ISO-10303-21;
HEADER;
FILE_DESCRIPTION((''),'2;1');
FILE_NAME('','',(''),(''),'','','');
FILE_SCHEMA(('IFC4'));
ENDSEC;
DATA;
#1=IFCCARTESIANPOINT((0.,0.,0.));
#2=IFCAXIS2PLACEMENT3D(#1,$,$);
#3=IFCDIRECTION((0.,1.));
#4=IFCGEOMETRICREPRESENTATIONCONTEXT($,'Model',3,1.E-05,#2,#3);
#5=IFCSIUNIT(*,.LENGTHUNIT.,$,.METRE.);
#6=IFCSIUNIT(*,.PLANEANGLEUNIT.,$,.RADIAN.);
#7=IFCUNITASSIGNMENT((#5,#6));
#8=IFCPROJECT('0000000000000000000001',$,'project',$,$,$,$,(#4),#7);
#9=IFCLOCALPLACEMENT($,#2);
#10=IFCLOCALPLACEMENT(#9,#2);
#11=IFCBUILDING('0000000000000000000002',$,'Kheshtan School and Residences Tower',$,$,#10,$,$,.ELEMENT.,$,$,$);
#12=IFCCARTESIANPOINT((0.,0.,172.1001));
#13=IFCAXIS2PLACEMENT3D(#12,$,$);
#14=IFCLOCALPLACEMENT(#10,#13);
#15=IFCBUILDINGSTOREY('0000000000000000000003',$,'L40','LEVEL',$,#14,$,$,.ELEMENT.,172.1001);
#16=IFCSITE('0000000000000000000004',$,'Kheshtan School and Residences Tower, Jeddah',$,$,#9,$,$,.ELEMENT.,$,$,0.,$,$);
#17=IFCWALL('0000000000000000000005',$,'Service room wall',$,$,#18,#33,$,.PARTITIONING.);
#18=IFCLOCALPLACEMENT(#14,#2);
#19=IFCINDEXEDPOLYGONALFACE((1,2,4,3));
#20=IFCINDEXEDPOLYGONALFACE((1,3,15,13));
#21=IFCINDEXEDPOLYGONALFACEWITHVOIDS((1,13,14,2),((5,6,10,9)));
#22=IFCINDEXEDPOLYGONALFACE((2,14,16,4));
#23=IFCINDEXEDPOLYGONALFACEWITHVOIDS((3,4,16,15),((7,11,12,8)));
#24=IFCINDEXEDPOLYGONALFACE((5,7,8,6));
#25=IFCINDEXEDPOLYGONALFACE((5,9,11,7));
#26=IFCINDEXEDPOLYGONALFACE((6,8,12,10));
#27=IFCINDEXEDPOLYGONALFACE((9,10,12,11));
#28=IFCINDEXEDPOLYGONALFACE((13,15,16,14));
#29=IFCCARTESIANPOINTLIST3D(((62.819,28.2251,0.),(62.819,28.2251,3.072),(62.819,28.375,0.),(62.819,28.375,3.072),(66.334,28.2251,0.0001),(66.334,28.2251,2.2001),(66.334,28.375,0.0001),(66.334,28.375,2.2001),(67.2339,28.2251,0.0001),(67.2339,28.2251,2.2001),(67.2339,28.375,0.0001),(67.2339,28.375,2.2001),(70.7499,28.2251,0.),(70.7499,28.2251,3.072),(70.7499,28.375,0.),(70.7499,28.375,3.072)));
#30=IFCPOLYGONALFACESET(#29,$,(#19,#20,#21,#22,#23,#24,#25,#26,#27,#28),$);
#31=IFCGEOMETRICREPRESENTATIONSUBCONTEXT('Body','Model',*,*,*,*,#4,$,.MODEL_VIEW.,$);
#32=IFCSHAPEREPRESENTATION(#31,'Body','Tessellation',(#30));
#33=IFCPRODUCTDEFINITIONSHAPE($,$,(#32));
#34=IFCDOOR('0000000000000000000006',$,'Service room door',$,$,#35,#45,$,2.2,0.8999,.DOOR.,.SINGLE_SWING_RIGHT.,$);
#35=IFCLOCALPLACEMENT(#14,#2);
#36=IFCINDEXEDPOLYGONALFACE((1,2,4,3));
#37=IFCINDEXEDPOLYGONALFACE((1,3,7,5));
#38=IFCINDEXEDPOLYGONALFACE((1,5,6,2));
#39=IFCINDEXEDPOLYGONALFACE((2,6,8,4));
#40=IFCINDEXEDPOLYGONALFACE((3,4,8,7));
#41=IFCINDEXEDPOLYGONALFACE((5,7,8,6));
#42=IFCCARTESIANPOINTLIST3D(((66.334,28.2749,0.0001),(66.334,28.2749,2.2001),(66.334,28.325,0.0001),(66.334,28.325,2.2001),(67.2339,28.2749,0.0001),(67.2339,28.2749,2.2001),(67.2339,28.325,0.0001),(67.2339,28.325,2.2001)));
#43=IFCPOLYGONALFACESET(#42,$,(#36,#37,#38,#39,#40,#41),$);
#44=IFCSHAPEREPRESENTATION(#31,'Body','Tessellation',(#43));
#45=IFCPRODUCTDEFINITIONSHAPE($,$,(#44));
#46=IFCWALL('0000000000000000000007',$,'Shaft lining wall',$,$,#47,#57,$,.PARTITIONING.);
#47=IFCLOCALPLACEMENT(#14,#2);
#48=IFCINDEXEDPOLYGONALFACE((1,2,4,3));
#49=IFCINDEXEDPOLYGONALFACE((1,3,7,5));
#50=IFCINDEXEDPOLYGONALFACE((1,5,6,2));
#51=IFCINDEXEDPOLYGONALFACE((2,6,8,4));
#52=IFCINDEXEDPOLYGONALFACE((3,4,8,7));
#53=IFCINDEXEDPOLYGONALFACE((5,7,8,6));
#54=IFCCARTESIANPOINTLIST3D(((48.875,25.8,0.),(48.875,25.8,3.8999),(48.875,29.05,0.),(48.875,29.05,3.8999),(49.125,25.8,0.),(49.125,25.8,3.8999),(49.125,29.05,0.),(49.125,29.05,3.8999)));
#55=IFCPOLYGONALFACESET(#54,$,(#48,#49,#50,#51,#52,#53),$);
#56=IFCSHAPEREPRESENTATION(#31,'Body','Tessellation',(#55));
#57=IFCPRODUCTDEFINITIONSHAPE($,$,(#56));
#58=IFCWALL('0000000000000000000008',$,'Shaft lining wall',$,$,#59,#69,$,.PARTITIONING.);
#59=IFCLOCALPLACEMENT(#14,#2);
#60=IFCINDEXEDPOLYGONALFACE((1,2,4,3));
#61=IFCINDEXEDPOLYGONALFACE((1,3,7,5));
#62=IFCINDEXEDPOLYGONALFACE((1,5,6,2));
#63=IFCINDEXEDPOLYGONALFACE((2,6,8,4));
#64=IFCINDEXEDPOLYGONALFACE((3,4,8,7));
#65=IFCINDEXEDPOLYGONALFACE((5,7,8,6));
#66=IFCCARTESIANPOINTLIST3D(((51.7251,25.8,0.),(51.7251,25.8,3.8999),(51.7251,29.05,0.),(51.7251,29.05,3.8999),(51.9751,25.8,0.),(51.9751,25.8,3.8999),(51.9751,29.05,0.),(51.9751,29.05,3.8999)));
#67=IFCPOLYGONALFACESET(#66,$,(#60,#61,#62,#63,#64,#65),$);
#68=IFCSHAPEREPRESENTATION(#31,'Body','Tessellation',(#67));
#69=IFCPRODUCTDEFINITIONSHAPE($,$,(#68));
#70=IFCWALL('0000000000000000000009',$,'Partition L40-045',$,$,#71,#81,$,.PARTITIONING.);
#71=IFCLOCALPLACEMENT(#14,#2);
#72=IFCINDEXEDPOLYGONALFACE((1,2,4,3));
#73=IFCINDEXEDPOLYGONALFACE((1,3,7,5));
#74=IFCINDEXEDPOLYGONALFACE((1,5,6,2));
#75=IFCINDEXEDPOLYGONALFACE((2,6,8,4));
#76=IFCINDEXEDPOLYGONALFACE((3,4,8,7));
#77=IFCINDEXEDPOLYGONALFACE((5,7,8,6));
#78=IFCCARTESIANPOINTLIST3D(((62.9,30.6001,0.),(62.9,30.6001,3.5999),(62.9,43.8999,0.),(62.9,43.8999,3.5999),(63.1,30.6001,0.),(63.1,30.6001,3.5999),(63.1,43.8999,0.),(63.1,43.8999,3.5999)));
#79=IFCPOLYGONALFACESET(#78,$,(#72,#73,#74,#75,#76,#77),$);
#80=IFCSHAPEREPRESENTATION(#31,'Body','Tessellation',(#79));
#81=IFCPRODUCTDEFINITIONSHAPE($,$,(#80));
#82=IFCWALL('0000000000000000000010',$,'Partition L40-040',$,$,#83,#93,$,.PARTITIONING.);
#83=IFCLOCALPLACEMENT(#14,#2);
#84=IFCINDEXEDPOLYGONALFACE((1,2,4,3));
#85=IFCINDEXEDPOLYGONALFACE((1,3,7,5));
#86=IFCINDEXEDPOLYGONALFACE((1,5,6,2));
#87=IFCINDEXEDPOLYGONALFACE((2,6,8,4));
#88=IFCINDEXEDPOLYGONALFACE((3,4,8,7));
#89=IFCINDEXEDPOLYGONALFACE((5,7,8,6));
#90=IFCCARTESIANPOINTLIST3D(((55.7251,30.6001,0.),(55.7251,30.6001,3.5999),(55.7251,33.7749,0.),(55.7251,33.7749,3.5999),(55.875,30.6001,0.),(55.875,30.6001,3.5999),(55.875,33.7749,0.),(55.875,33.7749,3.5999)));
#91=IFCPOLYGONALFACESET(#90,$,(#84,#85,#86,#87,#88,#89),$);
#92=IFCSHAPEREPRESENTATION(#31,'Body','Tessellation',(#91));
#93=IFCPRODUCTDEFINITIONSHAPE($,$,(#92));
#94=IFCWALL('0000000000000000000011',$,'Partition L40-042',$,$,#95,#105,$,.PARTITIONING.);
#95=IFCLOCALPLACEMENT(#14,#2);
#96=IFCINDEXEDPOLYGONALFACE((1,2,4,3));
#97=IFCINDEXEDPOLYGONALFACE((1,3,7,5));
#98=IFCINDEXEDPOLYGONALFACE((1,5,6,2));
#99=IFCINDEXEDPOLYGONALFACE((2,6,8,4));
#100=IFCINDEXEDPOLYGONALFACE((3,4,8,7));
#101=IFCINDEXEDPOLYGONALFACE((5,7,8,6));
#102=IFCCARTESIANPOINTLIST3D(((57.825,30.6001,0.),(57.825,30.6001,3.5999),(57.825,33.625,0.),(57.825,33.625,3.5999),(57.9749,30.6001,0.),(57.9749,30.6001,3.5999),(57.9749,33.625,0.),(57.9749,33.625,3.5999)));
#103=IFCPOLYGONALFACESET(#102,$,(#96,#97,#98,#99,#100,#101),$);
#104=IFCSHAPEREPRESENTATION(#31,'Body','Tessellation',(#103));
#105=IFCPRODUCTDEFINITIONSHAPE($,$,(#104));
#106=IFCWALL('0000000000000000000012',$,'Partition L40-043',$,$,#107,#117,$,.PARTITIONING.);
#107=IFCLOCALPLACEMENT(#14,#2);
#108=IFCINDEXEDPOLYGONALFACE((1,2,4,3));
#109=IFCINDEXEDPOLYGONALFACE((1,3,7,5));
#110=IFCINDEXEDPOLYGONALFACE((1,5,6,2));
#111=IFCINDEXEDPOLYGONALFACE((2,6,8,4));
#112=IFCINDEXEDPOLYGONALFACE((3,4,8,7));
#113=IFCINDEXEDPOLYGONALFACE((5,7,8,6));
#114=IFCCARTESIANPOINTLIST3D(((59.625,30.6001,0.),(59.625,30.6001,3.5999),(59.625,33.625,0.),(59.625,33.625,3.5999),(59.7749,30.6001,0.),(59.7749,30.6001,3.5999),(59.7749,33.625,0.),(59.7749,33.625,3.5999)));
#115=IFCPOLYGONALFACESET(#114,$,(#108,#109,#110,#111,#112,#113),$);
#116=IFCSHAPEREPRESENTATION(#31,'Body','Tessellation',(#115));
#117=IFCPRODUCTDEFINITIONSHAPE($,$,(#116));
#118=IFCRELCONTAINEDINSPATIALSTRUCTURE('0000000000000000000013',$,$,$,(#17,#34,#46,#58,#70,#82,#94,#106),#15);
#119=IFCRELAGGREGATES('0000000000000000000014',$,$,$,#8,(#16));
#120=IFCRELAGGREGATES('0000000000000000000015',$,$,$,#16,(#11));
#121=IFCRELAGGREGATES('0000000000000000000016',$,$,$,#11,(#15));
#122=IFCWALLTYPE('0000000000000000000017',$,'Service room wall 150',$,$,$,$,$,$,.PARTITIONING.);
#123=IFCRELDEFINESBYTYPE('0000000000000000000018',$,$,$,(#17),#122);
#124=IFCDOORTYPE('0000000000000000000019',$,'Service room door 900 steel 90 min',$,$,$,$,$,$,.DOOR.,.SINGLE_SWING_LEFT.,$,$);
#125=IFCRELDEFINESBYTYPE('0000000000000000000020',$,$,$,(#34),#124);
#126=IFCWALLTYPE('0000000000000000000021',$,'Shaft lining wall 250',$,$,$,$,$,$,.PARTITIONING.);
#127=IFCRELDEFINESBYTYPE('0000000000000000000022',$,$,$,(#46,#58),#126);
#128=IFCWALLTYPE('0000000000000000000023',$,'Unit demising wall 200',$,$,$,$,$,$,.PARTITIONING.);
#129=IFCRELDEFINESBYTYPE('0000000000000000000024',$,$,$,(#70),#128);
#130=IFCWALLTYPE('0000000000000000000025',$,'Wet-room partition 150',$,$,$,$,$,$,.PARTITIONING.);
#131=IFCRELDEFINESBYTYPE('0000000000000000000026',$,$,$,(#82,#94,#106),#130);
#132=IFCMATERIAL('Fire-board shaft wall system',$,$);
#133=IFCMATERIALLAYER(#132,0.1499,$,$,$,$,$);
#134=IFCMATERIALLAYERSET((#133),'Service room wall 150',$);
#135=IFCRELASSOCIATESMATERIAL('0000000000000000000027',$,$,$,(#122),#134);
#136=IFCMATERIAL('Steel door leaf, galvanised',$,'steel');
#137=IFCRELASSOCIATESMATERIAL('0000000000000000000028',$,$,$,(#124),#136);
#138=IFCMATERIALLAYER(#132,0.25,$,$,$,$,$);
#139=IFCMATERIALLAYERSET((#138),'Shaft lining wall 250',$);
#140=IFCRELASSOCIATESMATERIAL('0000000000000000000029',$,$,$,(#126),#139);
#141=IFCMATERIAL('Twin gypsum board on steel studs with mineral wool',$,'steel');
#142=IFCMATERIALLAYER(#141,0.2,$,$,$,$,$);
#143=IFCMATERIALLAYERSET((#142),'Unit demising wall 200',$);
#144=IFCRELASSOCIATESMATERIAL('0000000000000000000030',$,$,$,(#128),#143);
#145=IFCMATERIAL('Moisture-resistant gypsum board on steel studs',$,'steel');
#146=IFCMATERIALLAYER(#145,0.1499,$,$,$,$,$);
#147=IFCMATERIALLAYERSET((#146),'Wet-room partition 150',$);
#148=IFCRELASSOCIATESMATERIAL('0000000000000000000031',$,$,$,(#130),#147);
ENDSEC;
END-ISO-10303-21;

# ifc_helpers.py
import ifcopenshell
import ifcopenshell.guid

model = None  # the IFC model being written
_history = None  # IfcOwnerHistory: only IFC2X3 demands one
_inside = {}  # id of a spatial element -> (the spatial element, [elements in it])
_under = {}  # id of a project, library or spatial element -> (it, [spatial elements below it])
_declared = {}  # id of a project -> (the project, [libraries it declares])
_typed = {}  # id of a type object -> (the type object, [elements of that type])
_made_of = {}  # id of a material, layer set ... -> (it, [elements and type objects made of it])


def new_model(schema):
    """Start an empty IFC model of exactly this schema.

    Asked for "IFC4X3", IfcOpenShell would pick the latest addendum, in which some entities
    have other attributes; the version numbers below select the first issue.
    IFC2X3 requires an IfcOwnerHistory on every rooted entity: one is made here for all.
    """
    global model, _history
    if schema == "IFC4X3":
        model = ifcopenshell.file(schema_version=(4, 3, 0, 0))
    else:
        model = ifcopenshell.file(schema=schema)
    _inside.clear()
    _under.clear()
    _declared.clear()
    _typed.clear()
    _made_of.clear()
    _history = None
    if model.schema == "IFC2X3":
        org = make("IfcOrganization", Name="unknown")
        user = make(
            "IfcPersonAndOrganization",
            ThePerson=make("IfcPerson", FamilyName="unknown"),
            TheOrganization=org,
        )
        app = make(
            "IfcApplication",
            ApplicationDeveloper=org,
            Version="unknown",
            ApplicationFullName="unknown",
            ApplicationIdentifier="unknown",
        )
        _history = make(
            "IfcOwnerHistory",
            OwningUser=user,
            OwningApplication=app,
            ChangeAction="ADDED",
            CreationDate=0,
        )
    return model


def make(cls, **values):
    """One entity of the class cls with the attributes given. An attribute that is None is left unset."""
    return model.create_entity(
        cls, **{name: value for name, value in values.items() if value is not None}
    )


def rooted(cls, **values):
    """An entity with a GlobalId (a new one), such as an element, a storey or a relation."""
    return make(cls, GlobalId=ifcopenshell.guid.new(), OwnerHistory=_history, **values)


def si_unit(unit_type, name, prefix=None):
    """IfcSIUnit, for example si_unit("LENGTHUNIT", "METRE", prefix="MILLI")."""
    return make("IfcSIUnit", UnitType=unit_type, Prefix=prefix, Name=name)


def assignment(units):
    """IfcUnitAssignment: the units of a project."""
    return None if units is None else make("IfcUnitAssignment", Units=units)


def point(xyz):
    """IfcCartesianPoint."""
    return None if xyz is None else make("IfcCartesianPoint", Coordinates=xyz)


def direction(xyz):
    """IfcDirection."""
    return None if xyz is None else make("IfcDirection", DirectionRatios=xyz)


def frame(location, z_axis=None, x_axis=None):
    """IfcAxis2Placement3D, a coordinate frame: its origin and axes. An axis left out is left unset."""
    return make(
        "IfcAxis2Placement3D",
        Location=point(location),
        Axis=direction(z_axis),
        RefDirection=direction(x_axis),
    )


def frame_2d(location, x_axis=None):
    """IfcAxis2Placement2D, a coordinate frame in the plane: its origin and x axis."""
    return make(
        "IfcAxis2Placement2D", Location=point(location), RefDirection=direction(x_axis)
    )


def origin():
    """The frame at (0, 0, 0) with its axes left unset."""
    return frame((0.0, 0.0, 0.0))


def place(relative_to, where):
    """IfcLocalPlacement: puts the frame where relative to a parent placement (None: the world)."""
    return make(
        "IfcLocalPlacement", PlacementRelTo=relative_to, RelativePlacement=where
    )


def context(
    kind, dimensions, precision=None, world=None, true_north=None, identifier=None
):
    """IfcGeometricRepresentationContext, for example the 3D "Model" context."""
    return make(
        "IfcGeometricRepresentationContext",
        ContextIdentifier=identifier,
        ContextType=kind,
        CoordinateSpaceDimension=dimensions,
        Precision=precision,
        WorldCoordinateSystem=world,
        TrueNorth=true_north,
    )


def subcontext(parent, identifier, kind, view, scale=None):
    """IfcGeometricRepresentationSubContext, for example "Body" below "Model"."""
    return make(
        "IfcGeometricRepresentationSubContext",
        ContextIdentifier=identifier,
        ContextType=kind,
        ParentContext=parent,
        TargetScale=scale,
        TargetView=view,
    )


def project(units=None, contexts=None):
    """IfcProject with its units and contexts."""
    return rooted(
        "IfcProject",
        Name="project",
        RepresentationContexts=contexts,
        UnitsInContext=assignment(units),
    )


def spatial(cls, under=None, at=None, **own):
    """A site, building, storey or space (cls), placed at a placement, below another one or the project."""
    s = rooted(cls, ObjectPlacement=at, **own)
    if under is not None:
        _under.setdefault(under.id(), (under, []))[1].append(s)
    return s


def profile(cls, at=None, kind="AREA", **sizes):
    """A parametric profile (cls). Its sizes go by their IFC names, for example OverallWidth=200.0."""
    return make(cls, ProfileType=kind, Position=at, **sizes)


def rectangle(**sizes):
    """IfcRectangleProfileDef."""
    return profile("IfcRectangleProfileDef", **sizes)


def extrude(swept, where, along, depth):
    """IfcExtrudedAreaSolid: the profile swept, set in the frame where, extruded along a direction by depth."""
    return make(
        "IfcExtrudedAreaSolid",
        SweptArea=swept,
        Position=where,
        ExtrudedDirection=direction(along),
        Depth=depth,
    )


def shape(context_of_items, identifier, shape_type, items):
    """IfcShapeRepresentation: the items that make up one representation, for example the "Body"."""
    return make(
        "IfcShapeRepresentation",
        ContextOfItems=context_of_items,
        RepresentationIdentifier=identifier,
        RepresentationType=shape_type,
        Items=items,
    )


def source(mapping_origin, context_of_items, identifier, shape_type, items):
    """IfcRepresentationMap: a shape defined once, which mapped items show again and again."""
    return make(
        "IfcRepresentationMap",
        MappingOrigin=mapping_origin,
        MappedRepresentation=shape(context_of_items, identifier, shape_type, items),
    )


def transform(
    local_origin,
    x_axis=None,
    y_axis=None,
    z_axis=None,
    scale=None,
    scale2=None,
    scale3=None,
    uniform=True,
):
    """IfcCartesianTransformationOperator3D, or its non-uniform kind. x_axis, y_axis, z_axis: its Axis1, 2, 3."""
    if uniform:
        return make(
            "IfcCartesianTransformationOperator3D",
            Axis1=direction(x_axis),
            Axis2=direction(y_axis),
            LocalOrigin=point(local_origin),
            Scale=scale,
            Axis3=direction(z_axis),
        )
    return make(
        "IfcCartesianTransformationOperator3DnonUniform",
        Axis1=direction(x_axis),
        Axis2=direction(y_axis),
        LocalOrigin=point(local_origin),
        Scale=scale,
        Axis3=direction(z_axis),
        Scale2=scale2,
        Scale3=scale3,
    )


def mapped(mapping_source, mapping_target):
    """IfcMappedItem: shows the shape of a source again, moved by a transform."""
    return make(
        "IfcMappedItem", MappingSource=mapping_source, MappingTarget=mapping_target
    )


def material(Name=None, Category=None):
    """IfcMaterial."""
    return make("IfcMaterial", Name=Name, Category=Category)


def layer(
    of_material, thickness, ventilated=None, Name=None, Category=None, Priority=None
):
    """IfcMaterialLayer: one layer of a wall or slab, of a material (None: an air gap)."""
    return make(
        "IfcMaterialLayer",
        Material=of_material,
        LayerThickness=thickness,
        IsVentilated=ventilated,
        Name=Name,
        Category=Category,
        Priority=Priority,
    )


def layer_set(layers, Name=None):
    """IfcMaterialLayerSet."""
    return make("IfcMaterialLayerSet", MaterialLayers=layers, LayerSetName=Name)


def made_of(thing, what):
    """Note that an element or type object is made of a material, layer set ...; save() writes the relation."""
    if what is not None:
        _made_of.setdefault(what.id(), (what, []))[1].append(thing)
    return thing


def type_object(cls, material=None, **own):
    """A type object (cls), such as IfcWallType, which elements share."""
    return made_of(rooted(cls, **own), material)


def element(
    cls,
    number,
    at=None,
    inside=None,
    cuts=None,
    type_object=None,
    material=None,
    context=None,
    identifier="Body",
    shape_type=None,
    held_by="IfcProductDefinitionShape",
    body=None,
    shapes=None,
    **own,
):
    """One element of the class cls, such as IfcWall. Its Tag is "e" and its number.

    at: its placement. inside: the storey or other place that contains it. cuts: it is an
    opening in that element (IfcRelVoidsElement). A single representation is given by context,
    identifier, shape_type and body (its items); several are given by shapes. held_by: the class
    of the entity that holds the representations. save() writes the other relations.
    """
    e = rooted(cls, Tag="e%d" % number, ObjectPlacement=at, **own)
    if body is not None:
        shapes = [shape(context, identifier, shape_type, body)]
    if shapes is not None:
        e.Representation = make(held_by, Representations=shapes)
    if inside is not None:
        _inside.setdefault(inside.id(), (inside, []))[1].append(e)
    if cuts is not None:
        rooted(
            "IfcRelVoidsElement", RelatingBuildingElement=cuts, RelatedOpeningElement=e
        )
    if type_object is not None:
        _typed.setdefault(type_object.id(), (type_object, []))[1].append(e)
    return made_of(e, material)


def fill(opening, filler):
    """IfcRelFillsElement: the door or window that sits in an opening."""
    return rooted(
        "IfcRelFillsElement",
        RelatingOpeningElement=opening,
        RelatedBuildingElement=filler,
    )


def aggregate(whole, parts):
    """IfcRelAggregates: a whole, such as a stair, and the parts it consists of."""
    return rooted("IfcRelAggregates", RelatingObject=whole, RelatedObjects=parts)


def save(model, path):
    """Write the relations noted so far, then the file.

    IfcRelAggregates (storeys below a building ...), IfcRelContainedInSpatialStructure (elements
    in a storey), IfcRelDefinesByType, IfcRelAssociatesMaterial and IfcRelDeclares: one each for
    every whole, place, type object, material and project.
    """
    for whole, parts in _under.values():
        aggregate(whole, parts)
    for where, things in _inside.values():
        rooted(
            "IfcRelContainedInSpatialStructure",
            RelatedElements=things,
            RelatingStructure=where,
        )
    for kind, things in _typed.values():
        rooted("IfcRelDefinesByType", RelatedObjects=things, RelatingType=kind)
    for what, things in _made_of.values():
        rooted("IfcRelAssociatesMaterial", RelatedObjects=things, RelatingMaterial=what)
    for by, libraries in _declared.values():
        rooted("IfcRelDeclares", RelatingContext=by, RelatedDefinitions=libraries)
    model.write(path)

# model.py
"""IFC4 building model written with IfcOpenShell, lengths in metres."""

from ifc_helpers import new_model, si_unit, direction, frame, frame_2d, origin, place, context, subcontext, project, spatial, rectangle, extrude, source, transform, mapped, material, layer, layer_set, type_object, element, fill, save


model = new_model("IFC4")

# Units and contexts
model_context = context("Model", 3, precision=1e-05, world=origin(), true_north=direction((0.0, 1.0)))
body_context = subcontext(model_context, "Body", "Model", "MODEL_VIEW")
ifc_project = project(units=[si_unit("LENGTHUNIT", "METRE"), si_unit("PLANEANGLEUNIT", "RADIAN")], contexts=[model_context])

# Site, building, storey
site_placement = place(None, origin())
site = spatial("IfcSite", under=ifc_project, at=site_placement, Name="Kheshtan School and Residences Tower, Jeddah", CompositionType="ELEMENT", RefElevation=0.0)
building_placement = place(site_placement, origin())
building = spatial("IfcBuilding", under=site, at=building_placement, Name="Kheshtan School and Residences Tower", CompositionType="ELEMENT")
storey_placement = place(building_placement, frame((0.0, 0.0, 172.1001)))
storey = spatial("IfcBuildingStorey", under=building, at=storey_placement, Name="L40", Description="LEVEL", CompositionType="ELEMENT", Elevation=172.1001)

# Shared definitions
ifc_material_1 = material(Name="Fire-board shaft wall system")
ifc_layer_1 = layer(ifc_material_1, 0.1499)
ifc_layer_set_1 = layer_set([ifc_layer_1], Name="Service room wall 150")
wall_type_1 = type_object("IfcWallType", Name="Service room wall 150", PredefinedType="PARTITIONING", material=ifc_layer_set_1)

# Shared definitions
ifc_material_2 = material(Name="Steel door leaf, galvanised", Category="steel")
door_type_1 = type_object("IfcDoorType", Name="Service room door 900 steel 90 min", OperationType="SINGLE_SWING_LEFT", PredefinedType="DOOR", material=ifc_material_2)
shared_shape_1 = source(origin(), body_context, "Body", "SweptSolid", [
    extrude(rectangle(XDim=0.8999, YDim=2.2, at=frame_2d((0.45, 1.1001))), frame((0.0, 0.0249, 0.0), z_axis=(0.0, -1.0, 0.0), x_axis=(1.0, 0.0, 0.0)), (0.0, 0.0, 1.0), 0.05),
])

# Wall, opening, door
wall_1_placement = place(storey_placement, frame((62.8191, 28.3, 0.0), z_axis=(0.0, 0.0, 1.0), x_axis=(1.0, 0.0, 0.0)))
wall_1 = element("IfcWall", 1, at=wall_1_placement, inside=storey, type_object=wall_type_1, Name="Service room wall", PredefinedType="PARTITIONING", context=body_context, shape_type="SweptSolid", body=[
    extrude(rectangle(XDim=7.9309, YDim=0.1499, at=frame_2d((3.9653, 0.0))), origin(), (0.0, 0.0, 1.0), 3.072),
])
opening_1_placement = place(wall_1_placement, frame((3.5149, 0.0, 0.0)))
opening_1 = element("IfcOpeningElement", 2, at=opening_1_placement, cuts=wall_1, PredefinedType="OPENING", context=body_context, shape_type="SweptSolid", body=[
    extrude(rectangle(XDim=0.8999, YDim=2.2, at=frame_2d((0.45, 1.1001))), frame((0.0, 0.085, 0.0), z_axis=(0.0, -1.0, 0.0), x_axis=(1.0, 0.0, 0.0)), (0.0, 0.0, 1.0), 0.1699),
])
door_1_placement = place(opening_1_placement, origin())
door_1 = element("IfcDoor", 3, at=door_1_placement, inside=storey, type_object=door_type_1, Name="Service room door", OperationType="SINGLE_SWING_RIGHT", OverallHeight=2.2, OverallWidth=0.8999, PredefinedType="DOOR", context=body_context, shape_type="MappedRepresentation", body=[
    mapped(shared_shape_1, transform((0.0, 0.0, 0.0), x_axis=(1.0, 0.0, 0.0), y_axis=(0.0, 1.0, 0.0), z_axis=(0.0, 0.0, 1.0), scale=1.0)),
])
fill(opening_1, door_1)

# Walls
ifc_layer_2 = layer(ifc_material_1, 0.25)
ifc_layer_set_2 = layer_set([ifc_layer_2], Name="Shaft lining wall 250")
wall_type_2 = type_object("IfcWallType", Name="Shaft lining wall 250", PredefinedType="PARTITIONING", material=ifc_layer_set_2)
for number, where, z_axis, x_axis, name in (
    (4, (49.0, 25.8, 0.0), (0.0, 0.0, 1.0), (0.0, 1.0, 0.0), "Shaft lining wall"),
    (5, (51.8501, 25.8, 0.0), (0.0, 0.0, 1.0), (0.0, 1.0, 0.0), "Shaft lining wall"),
):
    element("IfcWall", number, at=place(storey_placement, frame(where, z_axis=z_axis, x_axis=x_axis)), inside=storey, type_object=wall_type_2, Name=name, PredefinedType="PARTITIONING", context=body_context, shape_type="SweptSolid", body=[
        extrude(rectangle(XDim=3.25, YDim=0.25, at=frame_2d((1.625, 0.0))), origin(), (0.0, 0.0, 1.0), 3.8999),
    ])
ifc_material_3 = material(Name="Twin gypsum board on steel studs with mineral wool", Category="steel")
ifc_layer_3 = layer(ifc_material_3, 0.2)
ifc_layer_set_3 = layer_set([ifc_layer_3], Name="Unit demising wall 200")
wall_type_3 = type_object("IfcWallType", Name="Unit demising wall 200", PredefinedType="PARTITIONING", material=ifc_layer_set_3)
wall_2_placement = place(storey_placement, frame((63.0, 30.6001, 0.0), z_axis=(0.0, 0.0, 1.0), x_axis=(0.0, 1.0, 0.0)))
element("IfcWall", 6, at=wall_2_placement, inside=storey, type_object=wall_type_3, Name="Partition L40-045", PredefinedType="PARTITIONING", context=body_context, shape_type="SweptSolid", body=[
    extrude(rectangle(XDim=13.2998, YDim=0.2, at=frame_2d((6.6499, 0.0))), origin(), (0.0, 0.0, 1.0), 3.5999),
])
ifc_material_4 = material(Name="Moisture-resistant gypsum board on steel studs", Category="steel")
ifc_layer_4 = layer(ifc_material_4, 0.1499)
ifc_layer_set_4 = layer_set([ifc_layer_4], Name="Wet-room partition 150")
wall_type_4 = type_object("IfcWallType", Name="Wet-room partition 150", PredefinedType="PARTITIONING", material=ifc_layer_set_4)
wall_3_placement = place(storey_placement, frame((55.8, 30.6001, 0.0), z_axis=(0.0, 0.0, 1.0), x_axis=(0.0, 1.0, 0.0)))
element("IfcWall", 7, at=wall_3_placement, inside=storey, type_object=wall_type_4, Name="Partition L40-040", PredefinedType="PARTITIONING", context=body_context, shape_type="SweptSolid", body=[
    extrude(rectangle(XDim=3.1748, YDim=0.1499, at=frame_2d((1.5874, 0.0))), origin(), (0.0, 0.0, 1.0), 3.5999),
])
for number, where, z_axis, x_axis, name in (
    (8, (57.8999, 30.6001, 0.0), (0.0, 0.0, 1.0), (0.0, 1.0, 0.0), "Partition L40-042"),
    (9, (59.7, 30.6001, 0.0), (0.0, 0.0, 1.0), (0.0, 1.0, 0.0), "Partition L40-043"),
):
    element("IfcWall", number, at=place(storey_placement, frame(where, z_axis=z_axis, x_axis=x_axis)), inside=storey, type_object=wall_type_4, Name=name, PredefinedType="PARTITIONING", context=body_context, shape_type="SweptSolid", body=[
        extrude(rectangle(XDim=3.0249, YDim=0.1499, at=frame_2d((1.5125, 0.0))), origin(), (0.0, 0.0, 1.0), 3.5999),
    ])

save(model, "model.ifc")
